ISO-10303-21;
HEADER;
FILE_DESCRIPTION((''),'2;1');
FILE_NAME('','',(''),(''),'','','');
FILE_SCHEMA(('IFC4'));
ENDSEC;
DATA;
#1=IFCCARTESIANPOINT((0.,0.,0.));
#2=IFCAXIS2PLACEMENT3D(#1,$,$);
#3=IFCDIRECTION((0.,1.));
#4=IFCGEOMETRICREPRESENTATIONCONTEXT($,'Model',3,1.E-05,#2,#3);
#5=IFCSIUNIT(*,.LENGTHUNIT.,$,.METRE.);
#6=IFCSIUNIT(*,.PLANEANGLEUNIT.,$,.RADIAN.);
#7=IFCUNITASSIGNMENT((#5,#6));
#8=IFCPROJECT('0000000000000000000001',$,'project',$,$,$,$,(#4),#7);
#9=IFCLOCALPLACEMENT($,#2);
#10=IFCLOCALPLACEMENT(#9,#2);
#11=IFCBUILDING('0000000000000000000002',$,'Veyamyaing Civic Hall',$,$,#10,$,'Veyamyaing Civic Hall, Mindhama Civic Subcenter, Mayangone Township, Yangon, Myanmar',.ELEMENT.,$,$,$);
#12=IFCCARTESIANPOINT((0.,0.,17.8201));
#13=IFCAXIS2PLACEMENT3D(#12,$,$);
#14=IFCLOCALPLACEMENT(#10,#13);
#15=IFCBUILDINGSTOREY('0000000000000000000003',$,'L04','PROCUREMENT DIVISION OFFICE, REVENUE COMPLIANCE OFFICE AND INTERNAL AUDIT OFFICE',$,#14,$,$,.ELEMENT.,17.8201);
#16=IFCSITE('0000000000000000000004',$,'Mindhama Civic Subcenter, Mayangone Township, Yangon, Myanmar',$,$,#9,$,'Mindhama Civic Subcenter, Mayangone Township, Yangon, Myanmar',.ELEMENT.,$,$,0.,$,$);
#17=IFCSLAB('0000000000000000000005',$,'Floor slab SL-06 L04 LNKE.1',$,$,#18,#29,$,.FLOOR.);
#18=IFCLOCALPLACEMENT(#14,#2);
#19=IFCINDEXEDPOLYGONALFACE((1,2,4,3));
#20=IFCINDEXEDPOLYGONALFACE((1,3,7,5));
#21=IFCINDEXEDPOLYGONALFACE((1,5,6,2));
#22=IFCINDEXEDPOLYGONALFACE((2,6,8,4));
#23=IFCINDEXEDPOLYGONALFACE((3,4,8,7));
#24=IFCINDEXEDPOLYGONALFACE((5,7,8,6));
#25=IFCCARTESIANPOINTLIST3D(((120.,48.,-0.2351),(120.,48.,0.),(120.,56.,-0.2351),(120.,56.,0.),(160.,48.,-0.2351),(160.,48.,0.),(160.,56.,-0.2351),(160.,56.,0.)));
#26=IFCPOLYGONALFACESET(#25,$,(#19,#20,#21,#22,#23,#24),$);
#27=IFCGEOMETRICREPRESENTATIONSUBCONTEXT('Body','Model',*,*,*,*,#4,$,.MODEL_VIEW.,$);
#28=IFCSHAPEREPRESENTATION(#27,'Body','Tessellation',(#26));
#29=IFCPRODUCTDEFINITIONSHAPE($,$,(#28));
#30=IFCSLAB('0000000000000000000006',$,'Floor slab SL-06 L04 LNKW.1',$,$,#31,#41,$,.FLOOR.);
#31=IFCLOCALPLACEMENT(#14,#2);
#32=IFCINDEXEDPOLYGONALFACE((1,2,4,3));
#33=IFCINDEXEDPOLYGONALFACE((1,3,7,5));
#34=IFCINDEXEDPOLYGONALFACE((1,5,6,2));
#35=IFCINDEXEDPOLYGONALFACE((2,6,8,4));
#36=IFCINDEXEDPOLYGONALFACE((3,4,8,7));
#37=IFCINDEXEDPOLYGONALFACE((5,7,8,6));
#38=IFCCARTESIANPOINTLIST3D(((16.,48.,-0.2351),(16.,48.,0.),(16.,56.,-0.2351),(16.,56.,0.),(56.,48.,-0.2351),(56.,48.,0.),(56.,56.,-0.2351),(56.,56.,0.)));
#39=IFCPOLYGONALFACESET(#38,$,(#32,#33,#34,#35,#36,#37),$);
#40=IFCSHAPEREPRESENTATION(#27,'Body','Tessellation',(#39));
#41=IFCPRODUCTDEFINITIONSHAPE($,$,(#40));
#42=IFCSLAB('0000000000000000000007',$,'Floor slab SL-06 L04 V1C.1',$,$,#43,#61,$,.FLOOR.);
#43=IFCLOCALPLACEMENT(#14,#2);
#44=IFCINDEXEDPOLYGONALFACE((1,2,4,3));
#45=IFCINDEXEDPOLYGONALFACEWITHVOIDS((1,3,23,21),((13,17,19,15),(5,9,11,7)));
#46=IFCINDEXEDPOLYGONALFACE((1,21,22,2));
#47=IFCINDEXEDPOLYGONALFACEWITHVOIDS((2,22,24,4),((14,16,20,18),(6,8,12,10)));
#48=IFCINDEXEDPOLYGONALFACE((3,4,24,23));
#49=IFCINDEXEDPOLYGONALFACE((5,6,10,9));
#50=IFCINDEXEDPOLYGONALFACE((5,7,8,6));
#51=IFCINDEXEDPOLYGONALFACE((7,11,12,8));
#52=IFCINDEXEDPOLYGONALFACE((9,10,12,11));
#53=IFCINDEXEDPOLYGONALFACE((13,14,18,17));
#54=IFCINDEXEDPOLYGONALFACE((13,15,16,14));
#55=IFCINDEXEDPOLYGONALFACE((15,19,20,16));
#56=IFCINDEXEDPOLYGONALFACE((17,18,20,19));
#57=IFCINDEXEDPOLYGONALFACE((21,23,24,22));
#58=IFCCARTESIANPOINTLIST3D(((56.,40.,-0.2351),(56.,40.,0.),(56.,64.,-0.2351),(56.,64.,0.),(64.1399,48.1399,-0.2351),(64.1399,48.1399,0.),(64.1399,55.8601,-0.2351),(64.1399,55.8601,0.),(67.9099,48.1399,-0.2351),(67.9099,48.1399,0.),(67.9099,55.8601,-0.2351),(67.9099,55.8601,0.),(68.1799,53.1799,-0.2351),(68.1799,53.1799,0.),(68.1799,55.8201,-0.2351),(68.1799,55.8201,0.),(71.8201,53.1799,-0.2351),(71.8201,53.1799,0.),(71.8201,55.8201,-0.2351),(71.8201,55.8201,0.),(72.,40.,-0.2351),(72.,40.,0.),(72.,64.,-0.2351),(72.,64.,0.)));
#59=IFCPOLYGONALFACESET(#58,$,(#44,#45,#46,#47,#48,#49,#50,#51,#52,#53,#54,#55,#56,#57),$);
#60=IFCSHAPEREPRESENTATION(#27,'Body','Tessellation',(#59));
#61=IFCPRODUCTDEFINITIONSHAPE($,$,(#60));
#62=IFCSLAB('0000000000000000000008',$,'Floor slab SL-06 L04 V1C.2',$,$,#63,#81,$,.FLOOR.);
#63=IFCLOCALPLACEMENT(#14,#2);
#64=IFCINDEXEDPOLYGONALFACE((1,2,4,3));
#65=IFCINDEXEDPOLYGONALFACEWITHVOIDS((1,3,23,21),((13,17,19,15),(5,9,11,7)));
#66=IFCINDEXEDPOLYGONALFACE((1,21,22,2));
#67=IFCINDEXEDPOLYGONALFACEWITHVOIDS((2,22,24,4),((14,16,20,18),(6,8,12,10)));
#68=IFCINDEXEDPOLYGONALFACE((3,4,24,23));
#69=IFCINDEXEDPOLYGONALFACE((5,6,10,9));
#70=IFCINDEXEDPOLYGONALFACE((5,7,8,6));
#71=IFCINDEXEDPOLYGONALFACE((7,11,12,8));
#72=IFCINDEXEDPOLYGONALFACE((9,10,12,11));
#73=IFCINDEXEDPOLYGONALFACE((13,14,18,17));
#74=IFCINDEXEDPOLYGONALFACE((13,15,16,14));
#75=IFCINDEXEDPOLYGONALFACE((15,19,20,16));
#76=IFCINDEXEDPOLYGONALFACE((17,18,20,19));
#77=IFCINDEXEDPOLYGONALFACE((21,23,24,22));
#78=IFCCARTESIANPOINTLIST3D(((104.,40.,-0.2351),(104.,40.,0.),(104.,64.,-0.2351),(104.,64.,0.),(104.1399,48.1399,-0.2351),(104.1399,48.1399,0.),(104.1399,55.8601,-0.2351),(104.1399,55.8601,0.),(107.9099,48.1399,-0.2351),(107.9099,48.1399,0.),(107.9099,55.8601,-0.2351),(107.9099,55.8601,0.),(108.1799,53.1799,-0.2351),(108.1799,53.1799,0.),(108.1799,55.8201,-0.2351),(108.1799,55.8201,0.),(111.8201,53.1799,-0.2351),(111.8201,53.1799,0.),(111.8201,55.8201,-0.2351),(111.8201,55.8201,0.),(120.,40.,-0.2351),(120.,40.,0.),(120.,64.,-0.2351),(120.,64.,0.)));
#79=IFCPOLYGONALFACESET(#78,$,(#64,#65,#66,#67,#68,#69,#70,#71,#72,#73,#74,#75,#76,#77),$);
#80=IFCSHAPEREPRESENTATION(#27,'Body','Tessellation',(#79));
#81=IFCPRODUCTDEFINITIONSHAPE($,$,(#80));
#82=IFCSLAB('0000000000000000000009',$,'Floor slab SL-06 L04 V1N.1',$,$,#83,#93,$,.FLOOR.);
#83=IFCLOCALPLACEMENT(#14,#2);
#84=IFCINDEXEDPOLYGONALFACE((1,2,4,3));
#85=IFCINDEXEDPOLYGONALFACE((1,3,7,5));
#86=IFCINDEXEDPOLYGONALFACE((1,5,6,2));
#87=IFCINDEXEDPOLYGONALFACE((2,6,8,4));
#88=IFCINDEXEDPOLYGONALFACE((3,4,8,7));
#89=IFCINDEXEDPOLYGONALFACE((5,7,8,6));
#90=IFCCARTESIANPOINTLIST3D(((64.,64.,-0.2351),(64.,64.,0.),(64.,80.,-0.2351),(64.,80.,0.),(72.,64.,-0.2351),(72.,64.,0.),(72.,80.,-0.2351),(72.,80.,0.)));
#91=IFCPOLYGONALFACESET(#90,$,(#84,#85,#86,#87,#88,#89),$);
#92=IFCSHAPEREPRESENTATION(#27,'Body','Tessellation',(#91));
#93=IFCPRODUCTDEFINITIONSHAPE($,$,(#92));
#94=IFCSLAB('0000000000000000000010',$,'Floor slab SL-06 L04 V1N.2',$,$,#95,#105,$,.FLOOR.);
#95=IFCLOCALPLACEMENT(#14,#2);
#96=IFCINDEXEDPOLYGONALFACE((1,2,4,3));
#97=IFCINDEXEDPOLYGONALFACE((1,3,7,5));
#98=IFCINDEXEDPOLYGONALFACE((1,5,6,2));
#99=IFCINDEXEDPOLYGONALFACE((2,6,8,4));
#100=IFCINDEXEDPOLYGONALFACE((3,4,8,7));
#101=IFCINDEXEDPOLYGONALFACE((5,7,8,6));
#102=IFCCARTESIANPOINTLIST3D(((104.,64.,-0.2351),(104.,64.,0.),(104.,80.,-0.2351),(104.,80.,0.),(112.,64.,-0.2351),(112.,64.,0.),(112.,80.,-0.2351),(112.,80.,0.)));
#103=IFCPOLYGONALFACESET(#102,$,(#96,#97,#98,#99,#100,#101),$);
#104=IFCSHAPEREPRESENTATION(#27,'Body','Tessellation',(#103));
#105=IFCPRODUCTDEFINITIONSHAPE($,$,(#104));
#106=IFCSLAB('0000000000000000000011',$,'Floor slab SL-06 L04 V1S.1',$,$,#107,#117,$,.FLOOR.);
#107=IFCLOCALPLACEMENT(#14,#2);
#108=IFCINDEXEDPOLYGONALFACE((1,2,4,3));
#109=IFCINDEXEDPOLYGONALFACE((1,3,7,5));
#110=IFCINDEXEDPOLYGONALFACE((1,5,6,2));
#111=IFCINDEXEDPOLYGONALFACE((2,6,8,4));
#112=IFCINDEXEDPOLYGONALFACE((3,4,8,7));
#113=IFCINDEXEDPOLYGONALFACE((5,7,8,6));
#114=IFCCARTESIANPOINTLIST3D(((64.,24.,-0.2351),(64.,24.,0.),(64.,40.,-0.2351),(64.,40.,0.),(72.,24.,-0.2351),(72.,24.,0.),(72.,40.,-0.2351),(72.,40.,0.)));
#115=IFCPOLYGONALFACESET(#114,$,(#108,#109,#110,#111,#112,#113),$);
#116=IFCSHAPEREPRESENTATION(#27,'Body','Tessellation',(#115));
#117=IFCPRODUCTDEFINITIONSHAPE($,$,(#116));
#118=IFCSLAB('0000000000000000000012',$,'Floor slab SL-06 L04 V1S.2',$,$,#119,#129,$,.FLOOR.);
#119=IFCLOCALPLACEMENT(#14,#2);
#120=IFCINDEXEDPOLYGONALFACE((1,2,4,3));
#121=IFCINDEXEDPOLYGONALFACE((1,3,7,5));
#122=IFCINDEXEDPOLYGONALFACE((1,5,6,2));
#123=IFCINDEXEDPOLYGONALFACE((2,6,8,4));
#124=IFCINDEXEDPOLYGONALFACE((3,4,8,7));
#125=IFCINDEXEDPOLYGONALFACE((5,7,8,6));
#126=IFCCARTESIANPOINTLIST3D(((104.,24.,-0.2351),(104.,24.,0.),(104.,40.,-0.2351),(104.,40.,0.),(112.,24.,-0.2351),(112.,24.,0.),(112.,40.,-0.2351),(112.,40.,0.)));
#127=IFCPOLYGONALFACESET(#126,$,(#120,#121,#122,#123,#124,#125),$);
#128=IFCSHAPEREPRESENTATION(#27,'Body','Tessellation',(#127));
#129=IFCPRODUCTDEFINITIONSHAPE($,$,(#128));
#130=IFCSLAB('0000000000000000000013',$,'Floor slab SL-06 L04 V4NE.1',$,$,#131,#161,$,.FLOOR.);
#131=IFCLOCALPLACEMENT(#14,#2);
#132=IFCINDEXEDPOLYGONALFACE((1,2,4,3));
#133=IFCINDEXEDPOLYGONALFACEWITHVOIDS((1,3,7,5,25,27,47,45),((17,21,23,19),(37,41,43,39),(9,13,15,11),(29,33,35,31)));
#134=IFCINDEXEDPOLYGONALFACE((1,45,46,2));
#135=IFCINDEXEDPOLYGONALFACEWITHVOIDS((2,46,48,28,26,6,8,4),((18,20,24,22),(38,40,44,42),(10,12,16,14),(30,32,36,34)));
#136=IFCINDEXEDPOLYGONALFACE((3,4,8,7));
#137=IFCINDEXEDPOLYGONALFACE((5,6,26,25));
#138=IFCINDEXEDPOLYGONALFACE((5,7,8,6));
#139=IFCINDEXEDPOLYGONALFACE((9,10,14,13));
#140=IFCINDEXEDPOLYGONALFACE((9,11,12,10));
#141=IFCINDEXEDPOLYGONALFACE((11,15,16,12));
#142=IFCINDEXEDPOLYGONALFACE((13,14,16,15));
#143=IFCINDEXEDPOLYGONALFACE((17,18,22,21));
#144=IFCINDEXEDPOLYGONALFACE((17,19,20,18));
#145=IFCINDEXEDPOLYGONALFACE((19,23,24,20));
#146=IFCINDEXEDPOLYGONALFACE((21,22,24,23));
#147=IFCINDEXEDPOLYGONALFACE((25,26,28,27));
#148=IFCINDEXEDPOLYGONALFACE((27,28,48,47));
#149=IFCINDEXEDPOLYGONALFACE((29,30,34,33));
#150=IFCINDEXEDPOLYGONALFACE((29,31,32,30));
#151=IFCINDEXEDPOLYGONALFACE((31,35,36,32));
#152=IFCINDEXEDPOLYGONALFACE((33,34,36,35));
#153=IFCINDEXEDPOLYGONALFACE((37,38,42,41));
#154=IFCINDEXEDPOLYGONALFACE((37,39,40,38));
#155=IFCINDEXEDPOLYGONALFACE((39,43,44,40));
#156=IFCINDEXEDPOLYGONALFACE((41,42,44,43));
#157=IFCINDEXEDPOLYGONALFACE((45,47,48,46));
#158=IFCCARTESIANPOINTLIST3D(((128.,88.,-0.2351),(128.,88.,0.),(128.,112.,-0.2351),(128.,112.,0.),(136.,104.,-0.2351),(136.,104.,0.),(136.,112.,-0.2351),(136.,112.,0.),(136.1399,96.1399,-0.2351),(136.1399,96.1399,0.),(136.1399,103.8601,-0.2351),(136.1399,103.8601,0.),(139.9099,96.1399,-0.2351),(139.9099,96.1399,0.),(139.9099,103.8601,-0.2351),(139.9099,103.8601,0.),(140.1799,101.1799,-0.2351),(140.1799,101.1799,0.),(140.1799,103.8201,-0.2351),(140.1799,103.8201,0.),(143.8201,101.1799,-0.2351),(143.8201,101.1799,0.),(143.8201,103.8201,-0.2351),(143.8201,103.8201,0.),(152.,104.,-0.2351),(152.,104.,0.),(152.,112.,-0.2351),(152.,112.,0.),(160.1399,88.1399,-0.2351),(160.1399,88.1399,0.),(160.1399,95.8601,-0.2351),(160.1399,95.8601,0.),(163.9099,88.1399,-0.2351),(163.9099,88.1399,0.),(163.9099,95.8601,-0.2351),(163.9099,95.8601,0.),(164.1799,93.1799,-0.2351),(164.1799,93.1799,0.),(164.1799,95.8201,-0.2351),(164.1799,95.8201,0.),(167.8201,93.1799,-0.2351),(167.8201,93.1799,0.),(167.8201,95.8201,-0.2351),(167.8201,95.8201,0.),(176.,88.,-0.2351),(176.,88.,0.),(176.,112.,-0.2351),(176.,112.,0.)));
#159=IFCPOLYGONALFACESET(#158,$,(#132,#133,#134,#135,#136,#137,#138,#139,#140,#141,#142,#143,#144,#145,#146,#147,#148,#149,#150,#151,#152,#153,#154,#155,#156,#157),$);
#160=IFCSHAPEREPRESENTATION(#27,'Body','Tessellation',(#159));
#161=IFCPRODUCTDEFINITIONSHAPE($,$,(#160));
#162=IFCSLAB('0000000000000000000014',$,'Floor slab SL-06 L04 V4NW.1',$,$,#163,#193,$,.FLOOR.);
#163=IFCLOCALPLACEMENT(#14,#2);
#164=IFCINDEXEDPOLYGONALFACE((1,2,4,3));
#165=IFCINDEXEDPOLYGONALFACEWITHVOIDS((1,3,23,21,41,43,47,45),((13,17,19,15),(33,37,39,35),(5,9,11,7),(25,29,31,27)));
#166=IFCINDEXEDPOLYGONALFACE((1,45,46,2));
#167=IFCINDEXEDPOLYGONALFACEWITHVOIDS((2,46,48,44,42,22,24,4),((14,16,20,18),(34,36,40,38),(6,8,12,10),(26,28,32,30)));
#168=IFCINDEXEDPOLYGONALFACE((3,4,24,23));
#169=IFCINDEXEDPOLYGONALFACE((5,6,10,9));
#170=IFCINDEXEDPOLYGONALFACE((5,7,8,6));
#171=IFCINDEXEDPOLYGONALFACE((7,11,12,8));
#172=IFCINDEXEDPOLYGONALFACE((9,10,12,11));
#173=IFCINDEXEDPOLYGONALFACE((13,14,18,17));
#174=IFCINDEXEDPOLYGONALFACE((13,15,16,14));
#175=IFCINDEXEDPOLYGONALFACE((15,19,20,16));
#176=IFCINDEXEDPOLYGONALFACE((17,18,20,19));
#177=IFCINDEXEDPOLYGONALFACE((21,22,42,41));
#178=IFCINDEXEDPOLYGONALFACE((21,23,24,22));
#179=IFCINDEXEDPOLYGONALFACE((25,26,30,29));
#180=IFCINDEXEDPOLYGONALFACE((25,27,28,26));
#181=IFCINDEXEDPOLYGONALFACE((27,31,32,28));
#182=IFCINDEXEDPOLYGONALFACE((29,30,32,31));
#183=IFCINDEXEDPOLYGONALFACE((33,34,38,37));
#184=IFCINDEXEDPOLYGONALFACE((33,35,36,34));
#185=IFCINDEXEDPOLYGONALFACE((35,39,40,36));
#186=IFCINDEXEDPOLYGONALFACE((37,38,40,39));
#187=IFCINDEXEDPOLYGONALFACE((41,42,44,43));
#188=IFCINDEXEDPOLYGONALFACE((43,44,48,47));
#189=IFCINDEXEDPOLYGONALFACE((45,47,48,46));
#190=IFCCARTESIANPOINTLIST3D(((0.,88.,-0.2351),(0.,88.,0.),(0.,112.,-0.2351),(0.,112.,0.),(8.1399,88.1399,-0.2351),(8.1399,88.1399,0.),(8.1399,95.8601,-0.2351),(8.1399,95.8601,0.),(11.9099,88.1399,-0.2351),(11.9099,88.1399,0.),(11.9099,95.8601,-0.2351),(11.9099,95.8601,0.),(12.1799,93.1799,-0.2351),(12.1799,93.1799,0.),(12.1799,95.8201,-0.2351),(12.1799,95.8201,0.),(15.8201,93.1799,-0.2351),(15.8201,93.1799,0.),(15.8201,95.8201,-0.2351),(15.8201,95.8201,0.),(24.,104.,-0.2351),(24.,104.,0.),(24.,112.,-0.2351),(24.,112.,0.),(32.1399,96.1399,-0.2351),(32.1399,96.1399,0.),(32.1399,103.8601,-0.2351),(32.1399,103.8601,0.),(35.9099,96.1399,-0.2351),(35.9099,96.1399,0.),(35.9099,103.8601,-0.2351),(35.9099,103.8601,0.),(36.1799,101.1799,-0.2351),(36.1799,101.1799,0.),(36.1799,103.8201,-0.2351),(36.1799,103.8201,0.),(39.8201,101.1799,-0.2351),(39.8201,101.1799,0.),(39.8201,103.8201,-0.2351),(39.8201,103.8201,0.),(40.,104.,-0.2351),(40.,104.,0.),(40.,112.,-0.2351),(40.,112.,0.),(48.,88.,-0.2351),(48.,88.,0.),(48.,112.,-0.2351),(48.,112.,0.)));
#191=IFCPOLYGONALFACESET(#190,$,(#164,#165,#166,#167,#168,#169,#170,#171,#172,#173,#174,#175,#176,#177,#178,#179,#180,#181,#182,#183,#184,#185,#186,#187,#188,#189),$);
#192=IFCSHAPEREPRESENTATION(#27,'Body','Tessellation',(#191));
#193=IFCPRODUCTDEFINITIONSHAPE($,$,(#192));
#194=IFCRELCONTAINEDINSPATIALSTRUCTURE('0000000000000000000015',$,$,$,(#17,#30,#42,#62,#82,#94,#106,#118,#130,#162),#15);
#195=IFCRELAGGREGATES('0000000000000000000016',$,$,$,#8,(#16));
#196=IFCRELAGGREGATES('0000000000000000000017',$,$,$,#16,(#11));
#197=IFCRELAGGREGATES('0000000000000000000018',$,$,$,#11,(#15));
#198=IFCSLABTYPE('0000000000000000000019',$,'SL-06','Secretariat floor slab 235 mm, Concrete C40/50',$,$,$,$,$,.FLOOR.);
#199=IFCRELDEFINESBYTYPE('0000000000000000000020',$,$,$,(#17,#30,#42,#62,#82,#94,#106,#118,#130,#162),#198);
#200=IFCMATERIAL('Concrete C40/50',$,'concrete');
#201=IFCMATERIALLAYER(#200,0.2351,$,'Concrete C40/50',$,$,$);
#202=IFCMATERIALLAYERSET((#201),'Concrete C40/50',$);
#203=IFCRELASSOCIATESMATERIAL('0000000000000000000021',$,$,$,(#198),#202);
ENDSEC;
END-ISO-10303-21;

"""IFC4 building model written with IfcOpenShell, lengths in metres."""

from ifc_helpers import new_model, si_unit, direction, frame, origin, place, context, subcontext, project, spatial, polyline, outline, extrude, material, layer, layer_set, type_object, element, save


model = new_model("IFC4")

# Units and contexts
model_context = context("Model", 3, precision=1e-05, world=origin(), true_north=direction((0.0, 1.0)))
body_context = subcontext(model_context, "Body", "Model", "MODEL_VIEW")
ifc_project = project(units=[si_unit("LENGTHUNIT", "METRE"), si_unit("PLANEANGLEUNIT", "RADIAN")], contexts=[model_context])

# Site, building, storey
site_placement = place(None, origin())
site = spatial("IfcSite", under=ifc_project, at=site_placement, Name="Mindhama Civic Subcenter, Mayangone Township, Yangon, Myanmar", LongName="Mindhama Civic Subcenter, Mayangone Township, Yangon, Myanmar", CompositionType="ELEMENT", RefElevation=0.0)
building_placement = place(site_placement, origin())
building = spatial("IfcBuilding", under=site, at=building_placement, Name="Veyamyaing Civic Hall", LongName="Veyamyaing Civic Hall, Mindhama Civic Subcenter, Mayangone Township, Yangon, Myanmar", CompositionType="ELEMENT")
storey_placement = place(building_placement, frame((0.0, 0.0, 17.8201)))
storey = spatial("IfcBuildingStorey", under=building, at=storey_placement, Name="L04", Description="PROCUREMENT DIVISION OFFICE, REVENUE COMPLIANCE OFFICE AND INTERNAL AUDIT OFFICE", CompositionType="ELEMENT", Elevation=17.8201)

# Slabs
ifc_material_1 = material(Name="Concrete C40/50", Category="concrete")
ifc_layer_1 = layer(ifc_material_1, 0.2351, Name="Concrete C40/50")
ifc_layer_set_1 = layer_set([ifc_layer_1], Name="Concrete C40/50")
slab_type_1 = type_object("IfcSlabType", Name="SL-06", Description="Secretariat floor slab 235 mm, Concrete C40/50", PredefinedType="FLOOR", material=ifc_layer_set_1)
slab_1_placement = place(storey_placement, frame((0.0, 0.0, -0.2351)))
element("IfcSlab", 1, at=slab_1_placement, inside=storey, type_object=slab_type_1, Name="Floor slab SL-06 L04 LNKE.1", PredefinedType="FLOOR", context=body_context, shape_type="SweptSolid", body=[
    extrude(outline(polyline([(120.0, 56.0), (160.0, 56.0), (160.0, 48.0), (120.0, 48.0), (120.0, 56.0)])), origin(), (0.0, 0.0, 1.0), 0.2351),
])
slab_2_placement = place(storey_placement, frame((0.0, 0.0, -0.2351)))
element("IfcSlab", 2, at=slab_2_placement, inside=storey, type_object=slab_type_1, Name="Floor slab SL-06 L04 LNKW.1", PredefinedType="FLOOR", context=body_context, shape_type="SweptSolid", body=[
    extrude(outline(polyline([(16.0, 56.0), (56.0, 56.0), (56.0, 48.0), (16.0, 48.0), (16.0, 56.0)])), origin(), (0.0, 0.0, 1.0), 0.2351),
])
slab_3_placement = place(storey_placement, frame((0.0, 0.0, -0.2351)))
element("IfcSlab", 3, at=slab_3_placement, inside=storey, type_object=slab_type_1, Name="Floor slab SL-06 L04 V1C.1", PredefinedType="FLOOR", context=body_context, shape_type="SweptSolid", body=[
    extrude(outline(polyline([(56.0, 64.0), (72.0, 64.0), (72.0, 40.0), (56.0, 40.0), (56.0, 64.0)]), holes=[polyline([(64.1399, 55.8601), (64.1399, 48.1399), (67.9099, 48.1399), (67.9099, 55.8601), (64.1399, 55.8601)]), polyline([(71.8201, 55.8201), (68.1799, 55.8201), (68.1799, 53.1799), (71.8201, 53.1799), (71.8201, 55.8201)])]), origin(), (0.0, 0.0, 1.0), 0.2351),
])
slab_4_placement = place(storey_placement, frame((0.0, 0.0, -0.2351)))
element("IfcSlab", 4, at=slab_4_placement, inside=storey, type_object=slab_type_1, Name="Floor slab SL-06 L04 V1C.2", PredefinedType="FLOOR", context=body_context, shape_type="SweptSolid", body=[
    extrude(outline(polyline([(104.0, 64.0), (120.0, 64.0), (120.0, 40.0), (104.0, 40.0), (104.0, 64.0)]), holes=[polyline([(104.1399, 55.8601), (104.1399, 48.1399), (107.9099, 48.1399), (107.9099, 55.8601), (104.1399, 55.8601)]), polyline([(111.8201, 55.8201), (108.1799, 55.8201), (108.1799, 53.1799), (111.8201, 53.1799), (111.8201, 55.8201)])]), origin(), (0.0, 0.0, 1.0), 0.2351),
])
slab_5_placement = place(storey_placement, frame((0.0, 0.0, -0.2351)))
element("IfcSlab", 5, at=slab_5_placement, inside=storey, type_object=slab_type_1, Name="Floor slab SL-06 L04 V1N.1", PredefinedType="FLOOR", context=body_context, shape_type="SweptSolid", body=[
    extrude(outline(polyline([(64.0, 80.0), (72.0, 80.0), (72.0, 64.0), (64.0, 64.0), (64.0, 80.0)])), origin(), (0.0, 0.0, 1.0), 0.2351),
])
slab_6_placement = place(storey_placement, frame((0.0, 0.0, -0.2351)))
element("IfcSlab", 6, at=slab_6_placement, inside=storey, type_object=slab_type_1, Name="Floor slab SL-06 L04 V1N.2", PredefinedType="FLOOR", context=body_context, shape_type="SweptSolid", body=[
    extrude(outline(polyline([(104.0, 80.0), (112.0, 80.0), (112.0, 64.0), (104.0, 64.0), (104.0, 80.0)])), origin(), (0.0, 0.0, 1.0), 0.2351),
])
slab_7_placement = place(storey_placement, frame((0.0, 0.0, -0.2351)))
element("IfcSlab", 7, at=slab_7_placement, inside=storey, type_object=slab_type_1, Name="Floor slab SL-06 L04 V1S.1", PredefinedType="FLOOR", context=body_context, shape_type="SweptSolid", body=[
    extrude(outline(polyline([(64.0, 40.0), (72.0, 40.0), (72.0, 24.0), (64.0, 24.0), (64.0, 40.0)])), origin(), (0.0, 0.0, 1.0), 0.2351),
])
slab_8_placement = place(storey_placement, frame((0.0, 0.0, -0.2351)))
element("IfcSlab", 8, at=slab_8_placement, inside=storey, type_object=slab_type_1, Name="Floor slab SL-06 L04 V1S.2", PredefinedType="FLOOR", context=body_context, shape_type="SweptSolid", body=[
    extrude(outline(polyline([(104.0, 40.0), (112.0, 40.0), (112.0, 24.0), (104.0, 24.0), (104.0, 40.0)])), origin(), (0.0, 0.0, 1.0), 0.2351),
])
slab_9_placement = place(storey_placement, frame((0.0, 0.0, -0.2351)))
element("IfcSlab", 9, at=slab_9_placement, inside=storey, type_object=slab_type_1, Name="Floor slab SL-06 L04 V4NE.1", PredefinedType="FLOOR", context=body_context, shape_type="SweptSolid", body=[
    extrude(outline(polyline([(176.0, 88.0), (128.0, 88.0), (128.0, 112.0), (136.0, 112.0), (136.0, 104.0), (152.0, 104.0), (152.0, 112.0), (176.0, 112.0), (176.0, 88.0)]), holes=[polyline([(163.9099, 95.8601), (160.1399, 95.8601), (160.1399, 88.1399), (163.9099, 88.1399), (163.9099, 95.8601)]), polyline([(164.1799, 95.8201), (164.1799, 93.1799), (167.8201, 93.1799), (167.8201, 95.8201), (164.1799, 95.8201)]), polyline([(139.9099, 103.8601), (136.1399, 103.8601), (136.1399, 96.1399), (139.9099, 96.1399), (139.9099, 103.8601)]), polyline([(143.8201, 103.8201), (140.1799, 103.8201), (140.1799, 101.1799), (143.8201, 101.1799), (143.8201, 103.8201)])]), origin(), (0.0, 0.0, 1.0), 0.2351),
])
slab_10_placement = place(storey_placement, frame((0.0, 0.0, -0.2351)))
element("IfcSlab", 10, at=slab_10_placement, inside=storey, type_object=slab_type_1, Name="Floor slab SL-06 L04 V4NW.1", PredefinedType="FLOOR", context=body_context, shape_type="SweptSolid", body=[
    extrude(outline(polyline([(0.0, 112.0), (24.0, 112.0), (24.0, 104.0), (40.0, 104.0), (40.0, 112.0), (48.0, 112.0), (48.0, 88.0), (0.0, 88.0), (0.0, 112.0)]), holes=[polyline([(11.9099, 95.8601), (8.1399, 95.8601), (8.1399, 88.1399), (11.9099, 88.1399), (11.9099, 95.8601)]), polyline([(12.1799, 95.8201), (12.1799, 93.1799), (15.8201, 93.1799), (15.8201, 95.8201), (12.1799, 95.8201)]), polyline([(35.9099, 103.8601), (32.1399, 103.8601), (32.1399, 96.1399), (35.9099, 96.1399), (35.9099, 103.8601)]), polyline([(39.8201, 103.8201), (36.1799, 103.8201), (36.1799, 101.1799), (39.8201, 101.1799), (39.8201, 103.8201)])]), origin(), (0.0, 0.0, 1.0), 0.2351),
])

save(model, "model.ifc")
